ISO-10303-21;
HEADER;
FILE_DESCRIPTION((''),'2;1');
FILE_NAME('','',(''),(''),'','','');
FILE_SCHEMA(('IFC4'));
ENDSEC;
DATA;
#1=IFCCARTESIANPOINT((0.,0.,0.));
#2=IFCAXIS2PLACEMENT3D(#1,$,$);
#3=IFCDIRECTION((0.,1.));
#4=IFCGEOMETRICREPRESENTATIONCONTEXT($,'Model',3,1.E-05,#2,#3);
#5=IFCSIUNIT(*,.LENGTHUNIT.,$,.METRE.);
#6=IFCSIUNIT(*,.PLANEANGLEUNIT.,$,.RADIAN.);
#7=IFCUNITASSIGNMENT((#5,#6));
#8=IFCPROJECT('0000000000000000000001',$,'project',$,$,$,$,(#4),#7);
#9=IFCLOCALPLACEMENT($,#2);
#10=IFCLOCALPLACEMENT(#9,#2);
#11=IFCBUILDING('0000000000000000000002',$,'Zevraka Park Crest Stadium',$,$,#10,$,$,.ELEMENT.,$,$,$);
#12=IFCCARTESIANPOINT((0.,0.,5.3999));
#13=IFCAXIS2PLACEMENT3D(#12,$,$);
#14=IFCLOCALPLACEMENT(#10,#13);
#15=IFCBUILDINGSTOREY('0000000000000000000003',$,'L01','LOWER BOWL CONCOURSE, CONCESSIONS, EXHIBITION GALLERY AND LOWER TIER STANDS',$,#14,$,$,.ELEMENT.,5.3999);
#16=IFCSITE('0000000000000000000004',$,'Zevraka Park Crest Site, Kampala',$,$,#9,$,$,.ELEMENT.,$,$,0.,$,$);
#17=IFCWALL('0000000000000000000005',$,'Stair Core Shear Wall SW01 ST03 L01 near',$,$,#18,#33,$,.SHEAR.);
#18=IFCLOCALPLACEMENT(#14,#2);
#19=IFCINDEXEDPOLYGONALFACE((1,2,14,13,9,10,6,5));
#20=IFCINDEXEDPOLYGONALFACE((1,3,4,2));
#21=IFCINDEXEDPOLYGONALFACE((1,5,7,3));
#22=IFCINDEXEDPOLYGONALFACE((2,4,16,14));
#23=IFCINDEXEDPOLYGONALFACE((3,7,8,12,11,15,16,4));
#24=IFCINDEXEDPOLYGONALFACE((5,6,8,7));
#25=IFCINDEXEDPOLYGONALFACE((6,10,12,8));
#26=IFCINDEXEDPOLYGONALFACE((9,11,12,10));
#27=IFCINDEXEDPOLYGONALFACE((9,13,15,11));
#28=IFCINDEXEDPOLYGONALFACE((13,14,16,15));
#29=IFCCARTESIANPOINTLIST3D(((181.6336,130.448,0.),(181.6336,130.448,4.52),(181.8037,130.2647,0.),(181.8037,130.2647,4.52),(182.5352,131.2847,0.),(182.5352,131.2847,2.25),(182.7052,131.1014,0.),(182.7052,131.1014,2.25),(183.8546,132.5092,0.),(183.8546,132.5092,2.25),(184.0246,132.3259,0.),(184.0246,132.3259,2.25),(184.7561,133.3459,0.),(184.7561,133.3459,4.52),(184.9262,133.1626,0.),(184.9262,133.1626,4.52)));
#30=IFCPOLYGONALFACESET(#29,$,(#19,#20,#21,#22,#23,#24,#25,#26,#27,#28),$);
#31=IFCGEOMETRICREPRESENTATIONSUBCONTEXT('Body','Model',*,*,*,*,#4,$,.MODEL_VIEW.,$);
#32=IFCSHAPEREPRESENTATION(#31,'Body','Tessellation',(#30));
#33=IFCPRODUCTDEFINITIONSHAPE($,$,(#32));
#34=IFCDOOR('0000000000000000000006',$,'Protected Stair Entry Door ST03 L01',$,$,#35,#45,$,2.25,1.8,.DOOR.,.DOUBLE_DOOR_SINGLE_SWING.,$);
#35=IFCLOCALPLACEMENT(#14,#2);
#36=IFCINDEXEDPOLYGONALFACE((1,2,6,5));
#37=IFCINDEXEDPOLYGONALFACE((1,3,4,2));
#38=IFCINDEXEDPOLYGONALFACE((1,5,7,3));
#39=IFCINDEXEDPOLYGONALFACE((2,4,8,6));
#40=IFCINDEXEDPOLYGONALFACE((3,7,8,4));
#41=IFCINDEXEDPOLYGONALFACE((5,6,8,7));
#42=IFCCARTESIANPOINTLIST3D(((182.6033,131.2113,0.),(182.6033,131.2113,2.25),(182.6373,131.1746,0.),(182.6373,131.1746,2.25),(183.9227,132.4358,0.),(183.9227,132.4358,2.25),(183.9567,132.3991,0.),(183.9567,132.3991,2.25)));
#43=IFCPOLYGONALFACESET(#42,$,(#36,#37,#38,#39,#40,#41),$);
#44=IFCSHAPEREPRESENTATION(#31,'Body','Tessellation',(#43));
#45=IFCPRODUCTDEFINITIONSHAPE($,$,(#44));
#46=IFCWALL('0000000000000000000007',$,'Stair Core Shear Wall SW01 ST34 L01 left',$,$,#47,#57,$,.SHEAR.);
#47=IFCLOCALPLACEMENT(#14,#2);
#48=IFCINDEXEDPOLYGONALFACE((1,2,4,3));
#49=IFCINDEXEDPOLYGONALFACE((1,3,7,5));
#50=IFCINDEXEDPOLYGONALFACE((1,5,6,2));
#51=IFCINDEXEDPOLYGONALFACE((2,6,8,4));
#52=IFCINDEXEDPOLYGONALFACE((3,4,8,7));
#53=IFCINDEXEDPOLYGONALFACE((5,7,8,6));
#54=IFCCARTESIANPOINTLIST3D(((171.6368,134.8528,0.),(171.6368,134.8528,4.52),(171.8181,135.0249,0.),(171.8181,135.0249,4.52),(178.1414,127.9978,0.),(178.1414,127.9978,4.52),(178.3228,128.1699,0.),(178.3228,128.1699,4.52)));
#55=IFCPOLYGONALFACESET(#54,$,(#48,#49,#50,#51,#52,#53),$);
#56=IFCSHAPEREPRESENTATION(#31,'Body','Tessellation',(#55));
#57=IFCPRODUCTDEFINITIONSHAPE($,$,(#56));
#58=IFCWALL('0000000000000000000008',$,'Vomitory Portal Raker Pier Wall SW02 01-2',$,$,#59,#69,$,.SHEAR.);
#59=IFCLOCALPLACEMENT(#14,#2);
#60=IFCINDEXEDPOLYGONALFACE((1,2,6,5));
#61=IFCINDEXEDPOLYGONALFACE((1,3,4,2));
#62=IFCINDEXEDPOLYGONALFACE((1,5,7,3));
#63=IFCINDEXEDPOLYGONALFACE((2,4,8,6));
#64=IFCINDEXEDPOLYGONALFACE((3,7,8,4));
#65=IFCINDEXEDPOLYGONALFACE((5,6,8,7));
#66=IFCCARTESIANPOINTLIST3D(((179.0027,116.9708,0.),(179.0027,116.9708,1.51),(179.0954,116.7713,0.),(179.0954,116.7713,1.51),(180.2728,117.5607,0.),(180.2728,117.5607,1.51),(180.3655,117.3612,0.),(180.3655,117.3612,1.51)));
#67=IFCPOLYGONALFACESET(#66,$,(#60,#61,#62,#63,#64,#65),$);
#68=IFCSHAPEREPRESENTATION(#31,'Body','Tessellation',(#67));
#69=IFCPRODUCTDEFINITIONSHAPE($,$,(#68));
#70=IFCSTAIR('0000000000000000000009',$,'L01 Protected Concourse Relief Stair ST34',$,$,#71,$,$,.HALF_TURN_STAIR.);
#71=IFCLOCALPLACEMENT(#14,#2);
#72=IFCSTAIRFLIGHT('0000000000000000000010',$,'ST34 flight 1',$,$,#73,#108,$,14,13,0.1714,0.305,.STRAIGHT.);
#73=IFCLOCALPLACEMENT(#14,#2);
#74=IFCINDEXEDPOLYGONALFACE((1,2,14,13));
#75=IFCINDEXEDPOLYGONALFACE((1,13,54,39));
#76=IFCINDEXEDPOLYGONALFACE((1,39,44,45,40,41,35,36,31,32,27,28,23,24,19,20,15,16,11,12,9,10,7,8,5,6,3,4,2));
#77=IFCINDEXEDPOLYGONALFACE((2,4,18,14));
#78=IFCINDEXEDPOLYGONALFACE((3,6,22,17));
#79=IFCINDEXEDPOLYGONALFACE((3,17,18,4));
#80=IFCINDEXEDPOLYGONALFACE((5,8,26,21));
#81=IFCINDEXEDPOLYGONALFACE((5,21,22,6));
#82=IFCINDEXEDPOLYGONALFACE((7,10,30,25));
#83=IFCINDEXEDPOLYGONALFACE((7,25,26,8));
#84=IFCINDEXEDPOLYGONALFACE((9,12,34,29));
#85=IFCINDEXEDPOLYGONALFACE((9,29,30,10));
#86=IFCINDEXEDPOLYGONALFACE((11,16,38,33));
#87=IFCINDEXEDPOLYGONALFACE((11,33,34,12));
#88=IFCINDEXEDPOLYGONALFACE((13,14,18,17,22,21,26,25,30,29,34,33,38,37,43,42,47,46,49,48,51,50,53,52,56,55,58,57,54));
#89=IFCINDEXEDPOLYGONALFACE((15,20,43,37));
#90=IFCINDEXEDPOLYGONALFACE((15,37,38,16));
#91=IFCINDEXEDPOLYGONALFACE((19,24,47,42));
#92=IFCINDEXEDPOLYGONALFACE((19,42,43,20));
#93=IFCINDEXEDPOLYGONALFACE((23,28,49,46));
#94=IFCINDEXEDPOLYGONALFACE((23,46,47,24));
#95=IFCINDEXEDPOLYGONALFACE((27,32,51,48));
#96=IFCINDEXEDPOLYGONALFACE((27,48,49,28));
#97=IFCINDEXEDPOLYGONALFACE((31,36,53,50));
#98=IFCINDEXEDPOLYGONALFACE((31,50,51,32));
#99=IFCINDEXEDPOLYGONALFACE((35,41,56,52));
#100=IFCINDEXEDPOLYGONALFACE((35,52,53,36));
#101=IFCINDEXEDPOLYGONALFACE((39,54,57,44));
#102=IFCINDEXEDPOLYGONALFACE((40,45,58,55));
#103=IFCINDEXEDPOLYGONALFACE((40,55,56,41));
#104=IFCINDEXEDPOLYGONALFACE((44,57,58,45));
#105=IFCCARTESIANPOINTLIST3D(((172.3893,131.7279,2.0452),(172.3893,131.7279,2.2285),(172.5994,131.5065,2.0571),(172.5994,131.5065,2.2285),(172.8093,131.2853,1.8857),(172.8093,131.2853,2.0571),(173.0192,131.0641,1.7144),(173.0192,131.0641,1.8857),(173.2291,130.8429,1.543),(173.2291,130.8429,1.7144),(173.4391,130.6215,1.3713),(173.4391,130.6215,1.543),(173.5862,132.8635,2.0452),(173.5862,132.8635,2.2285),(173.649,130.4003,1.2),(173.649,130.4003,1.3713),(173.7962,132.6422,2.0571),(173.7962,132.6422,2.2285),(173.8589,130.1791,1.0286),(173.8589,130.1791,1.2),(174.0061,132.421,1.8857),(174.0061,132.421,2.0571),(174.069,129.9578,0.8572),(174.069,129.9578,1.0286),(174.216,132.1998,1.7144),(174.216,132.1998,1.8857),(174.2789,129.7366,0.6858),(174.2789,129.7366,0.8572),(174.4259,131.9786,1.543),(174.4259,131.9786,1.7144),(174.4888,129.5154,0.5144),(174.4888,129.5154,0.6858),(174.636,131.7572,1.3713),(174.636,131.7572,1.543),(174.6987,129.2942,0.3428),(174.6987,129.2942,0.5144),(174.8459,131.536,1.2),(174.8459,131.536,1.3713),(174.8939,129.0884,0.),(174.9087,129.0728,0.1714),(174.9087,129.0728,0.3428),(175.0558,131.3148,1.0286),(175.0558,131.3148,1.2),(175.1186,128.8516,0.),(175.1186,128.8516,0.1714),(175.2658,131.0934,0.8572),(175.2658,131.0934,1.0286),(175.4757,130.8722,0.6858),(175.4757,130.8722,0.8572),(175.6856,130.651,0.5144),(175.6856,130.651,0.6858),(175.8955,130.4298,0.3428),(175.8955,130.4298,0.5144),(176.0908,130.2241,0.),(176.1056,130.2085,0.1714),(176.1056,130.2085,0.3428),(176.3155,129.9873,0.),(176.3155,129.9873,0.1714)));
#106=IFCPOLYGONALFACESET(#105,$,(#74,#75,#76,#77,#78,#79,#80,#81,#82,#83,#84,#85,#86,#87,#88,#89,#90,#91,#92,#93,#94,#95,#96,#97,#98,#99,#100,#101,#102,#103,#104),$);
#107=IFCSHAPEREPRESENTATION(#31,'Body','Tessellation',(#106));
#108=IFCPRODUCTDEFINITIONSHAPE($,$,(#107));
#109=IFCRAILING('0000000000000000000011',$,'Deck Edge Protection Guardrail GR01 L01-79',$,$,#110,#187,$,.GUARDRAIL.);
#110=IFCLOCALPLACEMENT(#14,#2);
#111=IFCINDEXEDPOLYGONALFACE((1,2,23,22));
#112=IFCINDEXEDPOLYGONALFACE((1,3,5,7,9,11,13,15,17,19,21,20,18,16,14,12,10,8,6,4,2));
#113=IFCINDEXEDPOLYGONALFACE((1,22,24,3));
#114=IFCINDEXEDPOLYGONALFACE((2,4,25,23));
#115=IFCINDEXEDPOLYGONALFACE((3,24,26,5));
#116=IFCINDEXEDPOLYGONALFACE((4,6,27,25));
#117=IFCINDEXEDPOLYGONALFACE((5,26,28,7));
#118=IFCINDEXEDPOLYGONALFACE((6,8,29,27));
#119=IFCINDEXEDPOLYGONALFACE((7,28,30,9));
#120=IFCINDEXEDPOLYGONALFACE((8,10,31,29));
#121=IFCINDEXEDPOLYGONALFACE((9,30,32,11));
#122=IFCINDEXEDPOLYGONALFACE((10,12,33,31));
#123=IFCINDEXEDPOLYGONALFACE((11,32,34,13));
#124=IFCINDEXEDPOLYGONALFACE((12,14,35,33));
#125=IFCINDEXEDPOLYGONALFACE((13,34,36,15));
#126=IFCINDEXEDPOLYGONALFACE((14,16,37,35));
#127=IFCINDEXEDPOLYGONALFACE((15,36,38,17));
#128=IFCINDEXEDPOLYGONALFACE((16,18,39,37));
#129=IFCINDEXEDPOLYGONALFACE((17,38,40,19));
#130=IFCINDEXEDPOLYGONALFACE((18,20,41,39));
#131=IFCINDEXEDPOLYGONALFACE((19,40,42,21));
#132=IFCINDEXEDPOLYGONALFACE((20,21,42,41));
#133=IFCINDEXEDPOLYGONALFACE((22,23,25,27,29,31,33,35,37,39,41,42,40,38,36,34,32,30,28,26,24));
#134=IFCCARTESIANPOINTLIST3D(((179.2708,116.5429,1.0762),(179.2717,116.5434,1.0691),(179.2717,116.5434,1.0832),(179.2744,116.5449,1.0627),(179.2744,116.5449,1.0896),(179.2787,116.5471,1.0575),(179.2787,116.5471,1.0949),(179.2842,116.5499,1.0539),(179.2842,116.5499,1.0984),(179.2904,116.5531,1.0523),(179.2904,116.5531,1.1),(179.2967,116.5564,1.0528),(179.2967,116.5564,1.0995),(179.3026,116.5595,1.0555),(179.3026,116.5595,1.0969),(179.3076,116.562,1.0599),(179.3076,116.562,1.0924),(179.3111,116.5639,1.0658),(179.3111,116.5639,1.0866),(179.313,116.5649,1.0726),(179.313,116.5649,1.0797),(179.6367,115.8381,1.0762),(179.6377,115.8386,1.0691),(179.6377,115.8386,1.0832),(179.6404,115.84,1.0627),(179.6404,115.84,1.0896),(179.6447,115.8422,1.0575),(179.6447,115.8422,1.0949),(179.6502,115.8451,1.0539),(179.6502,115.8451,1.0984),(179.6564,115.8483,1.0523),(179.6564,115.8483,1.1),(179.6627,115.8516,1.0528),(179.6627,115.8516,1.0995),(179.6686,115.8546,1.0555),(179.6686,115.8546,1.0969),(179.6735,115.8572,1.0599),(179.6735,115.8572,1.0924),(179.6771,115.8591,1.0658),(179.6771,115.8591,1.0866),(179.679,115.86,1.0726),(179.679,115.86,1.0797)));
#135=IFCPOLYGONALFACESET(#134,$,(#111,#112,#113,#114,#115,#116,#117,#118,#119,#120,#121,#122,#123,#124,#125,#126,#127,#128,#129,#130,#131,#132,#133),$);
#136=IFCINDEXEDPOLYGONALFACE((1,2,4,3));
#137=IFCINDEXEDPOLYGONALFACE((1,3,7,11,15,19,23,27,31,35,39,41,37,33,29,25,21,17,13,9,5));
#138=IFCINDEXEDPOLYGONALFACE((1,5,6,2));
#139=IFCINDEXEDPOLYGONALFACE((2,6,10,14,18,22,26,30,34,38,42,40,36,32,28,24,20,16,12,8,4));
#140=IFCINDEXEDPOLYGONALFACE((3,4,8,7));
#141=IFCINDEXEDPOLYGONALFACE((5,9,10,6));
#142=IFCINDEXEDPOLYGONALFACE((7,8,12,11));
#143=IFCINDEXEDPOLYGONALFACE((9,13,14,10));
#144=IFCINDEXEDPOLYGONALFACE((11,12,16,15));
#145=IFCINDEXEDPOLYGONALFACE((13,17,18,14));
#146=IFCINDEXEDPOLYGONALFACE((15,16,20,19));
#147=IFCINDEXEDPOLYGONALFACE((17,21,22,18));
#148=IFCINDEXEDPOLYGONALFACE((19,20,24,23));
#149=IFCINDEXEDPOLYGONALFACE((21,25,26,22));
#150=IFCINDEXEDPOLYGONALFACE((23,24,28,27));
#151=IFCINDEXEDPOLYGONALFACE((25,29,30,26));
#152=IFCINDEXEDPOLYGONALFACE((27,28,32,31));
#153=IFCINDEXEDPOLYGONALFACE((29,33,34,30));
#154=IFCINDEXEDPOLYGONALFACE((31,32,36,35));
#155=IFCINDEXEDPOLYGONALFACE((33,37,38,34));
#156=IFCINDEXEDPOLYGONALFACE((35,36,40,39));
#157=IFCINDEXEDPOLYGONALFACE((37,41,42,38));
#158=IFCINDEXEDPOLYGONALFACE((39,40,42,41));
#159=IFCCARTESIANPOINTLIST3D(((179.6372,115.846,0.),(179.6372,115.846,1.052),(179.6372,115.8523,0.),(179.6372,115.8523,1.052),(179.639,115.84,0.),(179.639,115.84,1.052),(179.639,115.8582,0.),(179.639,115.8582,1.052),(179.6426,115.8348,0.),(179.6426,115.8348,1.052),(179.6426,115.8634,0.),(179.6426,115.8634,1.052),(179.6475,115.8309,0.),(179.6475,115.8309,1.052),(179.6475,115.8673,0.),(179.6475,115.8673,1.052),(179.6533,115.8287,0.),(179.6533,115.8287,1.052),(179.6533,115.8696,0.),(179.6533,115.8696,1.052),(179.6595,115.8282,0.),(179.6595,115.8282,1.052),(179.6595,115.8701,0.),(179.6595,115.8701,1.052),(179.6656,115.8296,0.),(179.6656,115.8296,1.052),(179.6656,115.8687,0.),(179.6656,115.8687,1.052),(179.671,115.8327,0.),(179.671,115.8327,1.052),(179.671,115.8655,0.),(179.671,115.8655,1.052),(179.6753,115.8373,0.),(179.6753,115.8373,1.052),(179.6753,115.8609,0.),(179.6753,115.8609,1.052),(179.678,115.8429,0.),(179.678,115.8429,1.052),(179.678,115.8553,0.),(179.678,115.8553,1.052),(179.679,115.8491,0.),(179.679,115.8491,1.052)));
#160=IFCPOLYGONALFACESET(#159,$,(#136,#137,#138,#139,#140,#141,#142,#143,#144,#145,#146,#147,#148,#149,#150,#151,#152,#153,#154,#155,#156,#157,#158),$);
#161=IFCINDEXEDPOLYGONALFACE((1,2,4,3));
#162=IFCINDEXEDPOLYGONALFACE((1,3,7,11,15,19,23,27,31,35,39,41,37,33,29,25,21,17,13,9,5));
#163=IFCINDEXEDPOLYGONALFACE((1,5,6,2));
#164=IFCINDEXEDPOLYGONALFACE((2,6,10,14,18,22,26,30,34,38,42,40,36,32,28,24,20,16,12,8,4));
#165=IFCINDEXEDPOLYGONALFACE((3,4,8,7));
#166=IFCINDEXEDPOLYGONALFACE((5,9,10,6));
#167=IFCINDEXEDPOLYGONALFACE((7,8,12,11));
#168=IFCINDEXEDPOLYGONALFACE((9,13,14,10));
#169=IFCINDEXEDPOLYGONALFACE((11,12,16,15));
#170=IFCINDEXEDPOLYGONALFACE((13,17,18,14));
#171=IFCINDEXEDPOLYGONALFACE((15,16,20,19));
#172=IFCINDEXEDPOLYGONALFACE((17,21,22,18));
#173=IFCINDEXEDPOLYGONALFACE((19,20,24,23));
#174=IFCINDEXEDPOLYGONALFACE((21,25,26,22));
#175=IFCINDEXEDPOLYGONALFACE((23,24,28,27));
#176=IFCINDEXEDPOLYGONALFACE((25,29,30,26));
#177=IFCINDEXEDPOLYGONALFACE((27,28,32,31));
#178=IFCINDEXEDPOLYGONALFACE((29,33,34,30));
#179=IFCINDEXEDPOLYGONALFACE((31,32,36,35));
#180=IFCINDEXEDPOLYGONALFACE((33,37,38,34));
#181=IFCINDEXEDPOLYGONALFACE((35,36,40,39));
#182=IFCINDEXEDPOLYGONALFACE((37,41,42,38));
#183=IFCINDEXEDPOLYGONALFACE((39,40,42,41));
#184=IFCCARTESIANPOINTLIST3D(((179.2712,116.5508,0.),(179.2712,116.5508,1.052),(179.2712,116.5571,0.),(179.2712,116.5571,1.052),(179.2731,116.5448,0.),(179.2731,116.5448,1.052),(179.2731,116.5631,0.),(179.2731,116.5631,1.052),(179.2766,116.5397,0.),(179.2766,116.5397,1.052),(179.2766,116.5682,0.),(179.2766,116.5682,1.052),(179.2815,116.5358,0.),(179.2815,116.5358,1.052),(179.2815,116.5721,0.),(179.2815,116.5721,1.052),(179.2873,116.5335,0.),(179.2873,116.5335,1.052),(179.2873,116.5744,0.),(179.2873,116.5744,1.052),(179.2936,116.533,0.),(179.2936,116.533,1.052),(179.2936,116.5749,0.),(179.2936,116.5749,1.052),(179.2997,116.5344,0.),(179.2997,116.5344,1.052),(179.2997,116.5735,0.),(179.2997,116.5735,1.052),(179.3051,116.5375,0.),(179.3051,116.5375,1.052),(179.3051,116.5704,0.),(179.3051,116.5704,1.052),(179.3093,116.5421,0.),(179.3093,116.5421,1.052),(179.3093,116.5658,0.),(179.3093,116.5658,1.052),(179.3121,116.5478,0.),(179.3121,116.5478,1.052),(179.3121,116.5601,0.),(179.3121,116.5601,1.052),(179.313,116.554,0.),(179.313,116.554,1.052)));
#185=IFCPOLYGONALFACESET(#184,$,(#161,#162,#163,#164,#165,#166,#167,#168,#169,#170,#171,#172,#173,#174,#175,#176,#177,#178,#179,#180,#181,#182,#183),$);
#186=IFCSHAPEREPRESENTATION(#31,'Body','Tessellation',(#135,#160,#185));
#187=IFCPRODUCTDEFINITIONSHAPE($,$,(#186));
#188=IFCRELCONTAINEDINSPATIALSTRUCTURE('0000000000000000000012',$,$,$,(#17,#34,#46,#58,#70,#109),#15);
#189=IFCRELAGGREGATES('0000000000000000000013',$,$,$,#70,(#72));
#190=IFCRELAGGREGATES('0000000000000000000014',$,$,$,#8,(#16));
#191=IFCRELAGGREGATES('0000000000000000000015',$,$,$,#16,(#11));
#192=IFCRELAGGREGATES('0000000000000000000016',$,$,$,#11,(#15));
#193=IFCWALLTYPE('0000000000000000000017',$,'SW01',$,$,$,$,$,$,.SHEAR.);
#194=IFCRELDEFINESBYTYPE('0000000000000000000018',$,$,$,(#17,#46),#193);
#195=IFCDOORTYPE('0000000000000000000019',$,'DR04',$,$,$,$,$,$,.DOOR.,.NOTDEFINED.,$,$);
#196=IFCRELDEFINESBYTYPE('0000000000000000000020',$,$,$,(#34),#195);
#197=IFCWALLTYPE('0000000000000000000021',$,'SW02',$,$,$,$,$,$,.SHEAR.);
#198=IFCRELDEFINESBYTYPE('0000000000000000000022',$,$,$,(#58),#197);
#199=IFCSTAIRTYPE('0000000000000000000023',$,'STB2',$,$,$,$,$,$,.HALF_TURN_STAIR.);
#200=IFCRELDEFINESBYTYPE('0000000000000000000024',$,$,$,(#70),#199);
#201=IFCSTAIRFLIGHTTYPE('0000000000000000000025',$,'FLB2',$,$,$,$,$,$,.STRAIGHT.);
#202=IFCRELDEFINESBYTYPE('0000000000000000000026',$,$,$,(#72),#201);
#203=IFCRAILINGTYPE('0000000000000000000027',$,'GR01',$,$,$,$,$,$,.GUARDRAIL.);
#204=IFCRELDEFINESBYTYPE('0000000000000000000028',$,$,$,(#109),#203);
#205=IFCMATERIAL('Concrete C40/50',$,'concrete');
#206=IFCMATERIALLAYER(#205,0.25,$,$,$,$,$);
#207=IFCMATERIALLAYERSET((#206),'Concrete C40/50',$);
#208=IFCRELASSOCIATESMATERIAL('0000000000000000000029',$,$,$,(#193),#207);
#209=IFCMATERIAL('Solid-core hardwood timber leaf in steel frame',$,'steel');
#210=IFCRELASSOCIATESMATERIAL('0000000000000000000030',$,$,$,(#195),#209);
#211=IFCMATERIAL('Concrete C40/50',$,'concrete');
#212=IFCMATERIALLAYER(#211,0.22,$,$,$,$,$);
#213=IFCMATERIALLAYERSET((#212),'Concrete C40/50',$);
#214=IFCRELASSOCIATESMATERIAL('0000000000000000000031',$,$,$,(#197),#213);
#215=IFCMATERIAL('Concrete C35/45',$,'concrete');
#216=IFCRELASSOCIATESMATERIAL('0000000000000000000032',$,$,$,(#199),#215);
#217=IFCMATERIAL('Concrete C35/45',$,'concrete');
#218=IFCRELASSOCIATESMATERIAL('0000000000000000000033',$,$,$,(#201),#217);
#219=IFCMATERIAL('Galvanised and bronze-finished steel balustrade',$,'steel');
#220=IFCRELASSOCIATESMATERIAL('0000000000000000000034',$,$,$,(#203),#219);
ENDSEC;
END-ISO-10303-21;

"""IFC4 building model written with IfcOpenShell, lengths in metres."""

from ifc_helpers import new_model, si_unit, direction, frame, frame_2d, origin, origin_2d, place, context, subcontext, project, spatial, polyline, rectangle, circle, outline, extrude, material, layer, layer_set, type_object, element, fill, aggregate, save


model = new_model("IFC4")

# Units and contexts
model_context = context("Model", 3, precision=1e-05, world=origin(), true_north=direction((0.0, 1.0)))
body_context = subcontext(model_context, "Body", "Model", "MODEL_VIEW")
ifc_project = project(units=[si_unit("LENGTHUNIT", "METRE"), si_unit("PLANEANGLEUNIT", "RADIAN")], contexts=[model_context])

# Site, building, storey
site_placement = place(None, origin())
site = spatial("IfcSite", under=ifc_project, at=site_placement, Name="Zevraka Park Crest Site, Kampala", CompositionType="ELEMENT", RefElevation=0.0)
building_placement = place(site_placement, origin())
building = spatial("IfcBuilding", under=site, at=building_placement, Name="Zevraka Park Crest Stadium", CompositionType="ELEMENT")
storey_placement = place(building_placement, frame((0.0, 0.0, 5.3999)))
storey = spatial("IfcBuildingStorey", under=building, at=storey_placement, Name="L01", Description="LOWER BOWL CONCOURSE, CONCESSIONS, EXHIBITION GALLERY AND LOWER TIER STANDS", CompositionType="ELEMENT", Elevation=5.3999)

# Wall, opening, door
ifc_material_1 = material(Name="Concrete C40/50", Category="concrete")
ifc_layer_1 = layer(ifc_material_1, 0.25)
ifc_layer_set_1 = layer_set([ifc_layer_1], Name="Concrete C40/50")
wall_type_1 = type_object("IfcWallType", Name="SW01", PredefinedType="SHEAR", material=ifc_layer_set_1)
wall_1_placement = place(storey_placement, frame((181.7188, 130.3564, 0.0), z_axis=(0.0, 0.0, 1.0), x_axis=(0.732977, 0.680253, 0.0)))
wall_1 = element("IfcWall", 1, at=wall_1_placement, inside=storey, type_object=wall_type_1, Name="Stair Core Shear Wall SW01 ST03 L01 near", PredefinedType="SHEAR", context=body_context, shape_type="SweptSolid", body=[
    extrude(rectangle(XDim=4.26, YDim=0.25, at=frame_2d((2.1299, 0.0))), origin(), (0.0, 0.0, 1.0), 4.52),
])
opening_placement = place(wall_1_placement, frame((1.23, 0.0, 0.0)))
opening = element("IfcOpeningElement", 2, at=opening_placement, cuts=wall_1, PredefinedType="OPENING", context=body_context, shape_type="SweptSolid", body=[
    extrude(rectangle(XDim=1.8, YDim=2.25, at=frame_2d((0.8999, 1.125))), frame((0.0, 0.135, 0.0), z_axis=(0.0, -1.0, 0.0), x_axis=(1.0, 0.0, 0.0)), (0.0, 0.0, 1.0), 0.27),
])
ifc_material_2 = material(Name="Solid-core hardwood timber leaf in steel frame", Category="steel")
door_type = type_object("IfcDoorType", Name="DR04", OperationType="NOTDEFINED", PredefinedType="DOOR", material=ifc_material_2)
door_placement = place(opening_placement, origin())
door = element("IfcDoor", 3, at=door_placement, inside=storey, type_object=door_type, Name="Protected Stair Entry Door ST03 L01", OperationType="DOUBLE_DOOR_SINGLE_SWING", OverallHeight=2.25, OverallWidth=1.8, PredefinedType="DOOR", context=body_context, shape_type="SweptSolid", body=[
    extrude(rectangle(XDim=1.8, YDim=2.25, at=frame_2d((0.8999, 1.125))), frame((0.0, 0.0249, 0.0), z_axis=(0.0, -1.0, 0.0), x_axis=(1.0, 0.0, 0.0)), (0.0, 0.0, 1.0), 0.05),
])
fill(opening, door)

# Walls
wall_2_placement = place(storey_placement, frame((178.2322, 128.0837, 0.0), z_axis=(0.0, 0.0, 1.0), x_axis=(-0.688327, 0.725401, 0.0)))
element("IfcWall", 4, at=wall_2_placement, inside=storey, type_object=wall_type_1, Name="Stair Core Shear Wall SW01 ST34 L01 left", PredefinedType="SHEAR", context=body_context, shape_type="SweptSolid", body=[
    extrude(rectangle(XDim=9.45, YDim=0.25, at=frame_2d((4.7251, 0.0))), origin(), (0.0, 0.0, 1.0), 4.52),
])
ifc_material_3 = material(Name="Concrete C40/50", Category="concrete")
ifc_layer_2 = layer(ifc_material_3, 0.22)
ifc_layer_set_2 = layer_set([ifc_layer_2], Name="Concrete C40/50")
wall_type_2 = type_object("IfcWallType", Name="SW02", PredefinedType="SHEAR", material=ifc_layer_set_2)
wall_3_placement = place(storey_placement, frame((179.0491, 116.8711, 0.0), z_axis=(0.0, 0.0, 1.0), x_axis=(0.906957, 0.421224, 0.0)))
element("IfcWall", 5, at=wall_3_placement, inside=storey, type_object=wall_type_2, Name="Vomitory Portal Raker Pier Wall SW02 01-2", PredefinedType="SHEAR", context=body_context, shape_type="SweptSolid", body=[
    extrude(rectangle(XDim=1.4004, YDim=0.22, at=frame_2d((0.7002, 0.0))), origin(), (0.0, 0.0, 1.0), 1.51),
])

# Stair, stair flight
ifc_material_4 = material(Name="Concrete C35/45", Category="concrete")
stair_type = type_object("IfcStairType", Name="STB2", PredefinedType="HALF_TURN_STAIR", material=ifc_material_4)
stair_placement = place(storey_placement, origin())
stair = element("IfcStair", 6, at=stair_placement, inside=storey, type_object=stair_type, Name="L01 Protected Concourse Relief Stair ST34", PredefinedType="HALF_TURN_STAIR")
ifc_material_5 = material(Name="Concrete C35/45", Category="concrete")
stair_flight_type = type_object("IfcStairFlightType", Name="FLB2", PredefinedType="STRAIGHT", material=ifc_material_5)
stair_flight_placement = place(storey_placement, frame((175.717, 129.4194, 0.0), z_axis=(0.0, 0.0, 1.0), x_axis=(-0.688327, 0.725401, 0.0)))
stair_flight = element("IfcStairFlight", 7, at=stair_flight_placement, type_object=stair_flight_type, Name="ST34 flight 1", NumberOfRisers=14, NumberOfTreads=13, PredefinedType="STRAIGHT", RiserHeight=0.1714, TreadLength=0.305, context=body_context, shape_type="SweptSolid", body=[
    extrude(outline(polyline([(0.0, 0.0), (0.0, 0.1714), (0.3049, 0.1714), (0.3049, 0.3428), (0.6101, 0.3428), (0.6101, 0.5144), (0.915, 0.5144), (0.915, 0.6858), (1.22, 0.6858), (1.22, 0.8572), (1.5249, 0.8572), (1.5249, 1.0286), (1.8301, 1.0286), (1.8301, 1.2), (2.135, 1.2), (2.135, 1.3713), (2.4399, 1.3713), (2.4399, 1.543), (2.7451, 1.543), (2.7451, 1.7144), (3.05, 1.7144), (3.05, 1.8857), (3.355, 1.8857), (3.355, 2.0571), (3.6599, 2.0571), (3.6599, 2.2285), (3.9651, 2.2285), (3.9651, 2.3999), (3.9651, 2.0452), (0.3264, 0.0), (0.0, 0.0)])), frame((0.0, 0.825, 0.0), z_axis=(0.0, -1.0, 0.0), x_axis=(1.0, 0.0, 0.0)), (0.0, 0.0, 1.0), 1.6499),
])
aggregate(stair, [stair_flight])

# Railing
ifc_material_6 = material(Name="Galvanised and bronze-finished steel balustrade", Category="steel")
railing_type_1 = type_object("IfcRailingType", Name="GR01", PredefinedType="GUARDRAIL", material=ifc_material_6)
railing_1_placement = place(storey_placement, frame((179.658, 115.8491, 0.0)))
element("IfcRailing", 8, at=railing_1_placement, inside=storey, type_object=railing_type_1, Name="Deck Edge Protection Guardrail GR01 L01-79", PredefinedType="GUARDRAIL", context=body_context, shape_type="SweptSolid", body=[
    extrude(circle(Radius=0.0239, at=origin_2d()), frame((0.0, 0.0, 1.0762), z_axis=(-0.460811, 0.887498, 0.0), x_axis=(-0.887498, -0.460811, 0.0)), (0.0, 0.0, 1.0), 0.7942),
    extrude(circle(Radius=0.021, at=origin_2d()), origin(), (0.0, 0.0, 1.0), 1.052),
    extrude(circle(Radius=0.021, at=origin_2d()), frame((-0.366, 0.7048, 0.0)), (0.0, 0.0, 1.0), 1.052),
])

save(model, "model.ifc")
